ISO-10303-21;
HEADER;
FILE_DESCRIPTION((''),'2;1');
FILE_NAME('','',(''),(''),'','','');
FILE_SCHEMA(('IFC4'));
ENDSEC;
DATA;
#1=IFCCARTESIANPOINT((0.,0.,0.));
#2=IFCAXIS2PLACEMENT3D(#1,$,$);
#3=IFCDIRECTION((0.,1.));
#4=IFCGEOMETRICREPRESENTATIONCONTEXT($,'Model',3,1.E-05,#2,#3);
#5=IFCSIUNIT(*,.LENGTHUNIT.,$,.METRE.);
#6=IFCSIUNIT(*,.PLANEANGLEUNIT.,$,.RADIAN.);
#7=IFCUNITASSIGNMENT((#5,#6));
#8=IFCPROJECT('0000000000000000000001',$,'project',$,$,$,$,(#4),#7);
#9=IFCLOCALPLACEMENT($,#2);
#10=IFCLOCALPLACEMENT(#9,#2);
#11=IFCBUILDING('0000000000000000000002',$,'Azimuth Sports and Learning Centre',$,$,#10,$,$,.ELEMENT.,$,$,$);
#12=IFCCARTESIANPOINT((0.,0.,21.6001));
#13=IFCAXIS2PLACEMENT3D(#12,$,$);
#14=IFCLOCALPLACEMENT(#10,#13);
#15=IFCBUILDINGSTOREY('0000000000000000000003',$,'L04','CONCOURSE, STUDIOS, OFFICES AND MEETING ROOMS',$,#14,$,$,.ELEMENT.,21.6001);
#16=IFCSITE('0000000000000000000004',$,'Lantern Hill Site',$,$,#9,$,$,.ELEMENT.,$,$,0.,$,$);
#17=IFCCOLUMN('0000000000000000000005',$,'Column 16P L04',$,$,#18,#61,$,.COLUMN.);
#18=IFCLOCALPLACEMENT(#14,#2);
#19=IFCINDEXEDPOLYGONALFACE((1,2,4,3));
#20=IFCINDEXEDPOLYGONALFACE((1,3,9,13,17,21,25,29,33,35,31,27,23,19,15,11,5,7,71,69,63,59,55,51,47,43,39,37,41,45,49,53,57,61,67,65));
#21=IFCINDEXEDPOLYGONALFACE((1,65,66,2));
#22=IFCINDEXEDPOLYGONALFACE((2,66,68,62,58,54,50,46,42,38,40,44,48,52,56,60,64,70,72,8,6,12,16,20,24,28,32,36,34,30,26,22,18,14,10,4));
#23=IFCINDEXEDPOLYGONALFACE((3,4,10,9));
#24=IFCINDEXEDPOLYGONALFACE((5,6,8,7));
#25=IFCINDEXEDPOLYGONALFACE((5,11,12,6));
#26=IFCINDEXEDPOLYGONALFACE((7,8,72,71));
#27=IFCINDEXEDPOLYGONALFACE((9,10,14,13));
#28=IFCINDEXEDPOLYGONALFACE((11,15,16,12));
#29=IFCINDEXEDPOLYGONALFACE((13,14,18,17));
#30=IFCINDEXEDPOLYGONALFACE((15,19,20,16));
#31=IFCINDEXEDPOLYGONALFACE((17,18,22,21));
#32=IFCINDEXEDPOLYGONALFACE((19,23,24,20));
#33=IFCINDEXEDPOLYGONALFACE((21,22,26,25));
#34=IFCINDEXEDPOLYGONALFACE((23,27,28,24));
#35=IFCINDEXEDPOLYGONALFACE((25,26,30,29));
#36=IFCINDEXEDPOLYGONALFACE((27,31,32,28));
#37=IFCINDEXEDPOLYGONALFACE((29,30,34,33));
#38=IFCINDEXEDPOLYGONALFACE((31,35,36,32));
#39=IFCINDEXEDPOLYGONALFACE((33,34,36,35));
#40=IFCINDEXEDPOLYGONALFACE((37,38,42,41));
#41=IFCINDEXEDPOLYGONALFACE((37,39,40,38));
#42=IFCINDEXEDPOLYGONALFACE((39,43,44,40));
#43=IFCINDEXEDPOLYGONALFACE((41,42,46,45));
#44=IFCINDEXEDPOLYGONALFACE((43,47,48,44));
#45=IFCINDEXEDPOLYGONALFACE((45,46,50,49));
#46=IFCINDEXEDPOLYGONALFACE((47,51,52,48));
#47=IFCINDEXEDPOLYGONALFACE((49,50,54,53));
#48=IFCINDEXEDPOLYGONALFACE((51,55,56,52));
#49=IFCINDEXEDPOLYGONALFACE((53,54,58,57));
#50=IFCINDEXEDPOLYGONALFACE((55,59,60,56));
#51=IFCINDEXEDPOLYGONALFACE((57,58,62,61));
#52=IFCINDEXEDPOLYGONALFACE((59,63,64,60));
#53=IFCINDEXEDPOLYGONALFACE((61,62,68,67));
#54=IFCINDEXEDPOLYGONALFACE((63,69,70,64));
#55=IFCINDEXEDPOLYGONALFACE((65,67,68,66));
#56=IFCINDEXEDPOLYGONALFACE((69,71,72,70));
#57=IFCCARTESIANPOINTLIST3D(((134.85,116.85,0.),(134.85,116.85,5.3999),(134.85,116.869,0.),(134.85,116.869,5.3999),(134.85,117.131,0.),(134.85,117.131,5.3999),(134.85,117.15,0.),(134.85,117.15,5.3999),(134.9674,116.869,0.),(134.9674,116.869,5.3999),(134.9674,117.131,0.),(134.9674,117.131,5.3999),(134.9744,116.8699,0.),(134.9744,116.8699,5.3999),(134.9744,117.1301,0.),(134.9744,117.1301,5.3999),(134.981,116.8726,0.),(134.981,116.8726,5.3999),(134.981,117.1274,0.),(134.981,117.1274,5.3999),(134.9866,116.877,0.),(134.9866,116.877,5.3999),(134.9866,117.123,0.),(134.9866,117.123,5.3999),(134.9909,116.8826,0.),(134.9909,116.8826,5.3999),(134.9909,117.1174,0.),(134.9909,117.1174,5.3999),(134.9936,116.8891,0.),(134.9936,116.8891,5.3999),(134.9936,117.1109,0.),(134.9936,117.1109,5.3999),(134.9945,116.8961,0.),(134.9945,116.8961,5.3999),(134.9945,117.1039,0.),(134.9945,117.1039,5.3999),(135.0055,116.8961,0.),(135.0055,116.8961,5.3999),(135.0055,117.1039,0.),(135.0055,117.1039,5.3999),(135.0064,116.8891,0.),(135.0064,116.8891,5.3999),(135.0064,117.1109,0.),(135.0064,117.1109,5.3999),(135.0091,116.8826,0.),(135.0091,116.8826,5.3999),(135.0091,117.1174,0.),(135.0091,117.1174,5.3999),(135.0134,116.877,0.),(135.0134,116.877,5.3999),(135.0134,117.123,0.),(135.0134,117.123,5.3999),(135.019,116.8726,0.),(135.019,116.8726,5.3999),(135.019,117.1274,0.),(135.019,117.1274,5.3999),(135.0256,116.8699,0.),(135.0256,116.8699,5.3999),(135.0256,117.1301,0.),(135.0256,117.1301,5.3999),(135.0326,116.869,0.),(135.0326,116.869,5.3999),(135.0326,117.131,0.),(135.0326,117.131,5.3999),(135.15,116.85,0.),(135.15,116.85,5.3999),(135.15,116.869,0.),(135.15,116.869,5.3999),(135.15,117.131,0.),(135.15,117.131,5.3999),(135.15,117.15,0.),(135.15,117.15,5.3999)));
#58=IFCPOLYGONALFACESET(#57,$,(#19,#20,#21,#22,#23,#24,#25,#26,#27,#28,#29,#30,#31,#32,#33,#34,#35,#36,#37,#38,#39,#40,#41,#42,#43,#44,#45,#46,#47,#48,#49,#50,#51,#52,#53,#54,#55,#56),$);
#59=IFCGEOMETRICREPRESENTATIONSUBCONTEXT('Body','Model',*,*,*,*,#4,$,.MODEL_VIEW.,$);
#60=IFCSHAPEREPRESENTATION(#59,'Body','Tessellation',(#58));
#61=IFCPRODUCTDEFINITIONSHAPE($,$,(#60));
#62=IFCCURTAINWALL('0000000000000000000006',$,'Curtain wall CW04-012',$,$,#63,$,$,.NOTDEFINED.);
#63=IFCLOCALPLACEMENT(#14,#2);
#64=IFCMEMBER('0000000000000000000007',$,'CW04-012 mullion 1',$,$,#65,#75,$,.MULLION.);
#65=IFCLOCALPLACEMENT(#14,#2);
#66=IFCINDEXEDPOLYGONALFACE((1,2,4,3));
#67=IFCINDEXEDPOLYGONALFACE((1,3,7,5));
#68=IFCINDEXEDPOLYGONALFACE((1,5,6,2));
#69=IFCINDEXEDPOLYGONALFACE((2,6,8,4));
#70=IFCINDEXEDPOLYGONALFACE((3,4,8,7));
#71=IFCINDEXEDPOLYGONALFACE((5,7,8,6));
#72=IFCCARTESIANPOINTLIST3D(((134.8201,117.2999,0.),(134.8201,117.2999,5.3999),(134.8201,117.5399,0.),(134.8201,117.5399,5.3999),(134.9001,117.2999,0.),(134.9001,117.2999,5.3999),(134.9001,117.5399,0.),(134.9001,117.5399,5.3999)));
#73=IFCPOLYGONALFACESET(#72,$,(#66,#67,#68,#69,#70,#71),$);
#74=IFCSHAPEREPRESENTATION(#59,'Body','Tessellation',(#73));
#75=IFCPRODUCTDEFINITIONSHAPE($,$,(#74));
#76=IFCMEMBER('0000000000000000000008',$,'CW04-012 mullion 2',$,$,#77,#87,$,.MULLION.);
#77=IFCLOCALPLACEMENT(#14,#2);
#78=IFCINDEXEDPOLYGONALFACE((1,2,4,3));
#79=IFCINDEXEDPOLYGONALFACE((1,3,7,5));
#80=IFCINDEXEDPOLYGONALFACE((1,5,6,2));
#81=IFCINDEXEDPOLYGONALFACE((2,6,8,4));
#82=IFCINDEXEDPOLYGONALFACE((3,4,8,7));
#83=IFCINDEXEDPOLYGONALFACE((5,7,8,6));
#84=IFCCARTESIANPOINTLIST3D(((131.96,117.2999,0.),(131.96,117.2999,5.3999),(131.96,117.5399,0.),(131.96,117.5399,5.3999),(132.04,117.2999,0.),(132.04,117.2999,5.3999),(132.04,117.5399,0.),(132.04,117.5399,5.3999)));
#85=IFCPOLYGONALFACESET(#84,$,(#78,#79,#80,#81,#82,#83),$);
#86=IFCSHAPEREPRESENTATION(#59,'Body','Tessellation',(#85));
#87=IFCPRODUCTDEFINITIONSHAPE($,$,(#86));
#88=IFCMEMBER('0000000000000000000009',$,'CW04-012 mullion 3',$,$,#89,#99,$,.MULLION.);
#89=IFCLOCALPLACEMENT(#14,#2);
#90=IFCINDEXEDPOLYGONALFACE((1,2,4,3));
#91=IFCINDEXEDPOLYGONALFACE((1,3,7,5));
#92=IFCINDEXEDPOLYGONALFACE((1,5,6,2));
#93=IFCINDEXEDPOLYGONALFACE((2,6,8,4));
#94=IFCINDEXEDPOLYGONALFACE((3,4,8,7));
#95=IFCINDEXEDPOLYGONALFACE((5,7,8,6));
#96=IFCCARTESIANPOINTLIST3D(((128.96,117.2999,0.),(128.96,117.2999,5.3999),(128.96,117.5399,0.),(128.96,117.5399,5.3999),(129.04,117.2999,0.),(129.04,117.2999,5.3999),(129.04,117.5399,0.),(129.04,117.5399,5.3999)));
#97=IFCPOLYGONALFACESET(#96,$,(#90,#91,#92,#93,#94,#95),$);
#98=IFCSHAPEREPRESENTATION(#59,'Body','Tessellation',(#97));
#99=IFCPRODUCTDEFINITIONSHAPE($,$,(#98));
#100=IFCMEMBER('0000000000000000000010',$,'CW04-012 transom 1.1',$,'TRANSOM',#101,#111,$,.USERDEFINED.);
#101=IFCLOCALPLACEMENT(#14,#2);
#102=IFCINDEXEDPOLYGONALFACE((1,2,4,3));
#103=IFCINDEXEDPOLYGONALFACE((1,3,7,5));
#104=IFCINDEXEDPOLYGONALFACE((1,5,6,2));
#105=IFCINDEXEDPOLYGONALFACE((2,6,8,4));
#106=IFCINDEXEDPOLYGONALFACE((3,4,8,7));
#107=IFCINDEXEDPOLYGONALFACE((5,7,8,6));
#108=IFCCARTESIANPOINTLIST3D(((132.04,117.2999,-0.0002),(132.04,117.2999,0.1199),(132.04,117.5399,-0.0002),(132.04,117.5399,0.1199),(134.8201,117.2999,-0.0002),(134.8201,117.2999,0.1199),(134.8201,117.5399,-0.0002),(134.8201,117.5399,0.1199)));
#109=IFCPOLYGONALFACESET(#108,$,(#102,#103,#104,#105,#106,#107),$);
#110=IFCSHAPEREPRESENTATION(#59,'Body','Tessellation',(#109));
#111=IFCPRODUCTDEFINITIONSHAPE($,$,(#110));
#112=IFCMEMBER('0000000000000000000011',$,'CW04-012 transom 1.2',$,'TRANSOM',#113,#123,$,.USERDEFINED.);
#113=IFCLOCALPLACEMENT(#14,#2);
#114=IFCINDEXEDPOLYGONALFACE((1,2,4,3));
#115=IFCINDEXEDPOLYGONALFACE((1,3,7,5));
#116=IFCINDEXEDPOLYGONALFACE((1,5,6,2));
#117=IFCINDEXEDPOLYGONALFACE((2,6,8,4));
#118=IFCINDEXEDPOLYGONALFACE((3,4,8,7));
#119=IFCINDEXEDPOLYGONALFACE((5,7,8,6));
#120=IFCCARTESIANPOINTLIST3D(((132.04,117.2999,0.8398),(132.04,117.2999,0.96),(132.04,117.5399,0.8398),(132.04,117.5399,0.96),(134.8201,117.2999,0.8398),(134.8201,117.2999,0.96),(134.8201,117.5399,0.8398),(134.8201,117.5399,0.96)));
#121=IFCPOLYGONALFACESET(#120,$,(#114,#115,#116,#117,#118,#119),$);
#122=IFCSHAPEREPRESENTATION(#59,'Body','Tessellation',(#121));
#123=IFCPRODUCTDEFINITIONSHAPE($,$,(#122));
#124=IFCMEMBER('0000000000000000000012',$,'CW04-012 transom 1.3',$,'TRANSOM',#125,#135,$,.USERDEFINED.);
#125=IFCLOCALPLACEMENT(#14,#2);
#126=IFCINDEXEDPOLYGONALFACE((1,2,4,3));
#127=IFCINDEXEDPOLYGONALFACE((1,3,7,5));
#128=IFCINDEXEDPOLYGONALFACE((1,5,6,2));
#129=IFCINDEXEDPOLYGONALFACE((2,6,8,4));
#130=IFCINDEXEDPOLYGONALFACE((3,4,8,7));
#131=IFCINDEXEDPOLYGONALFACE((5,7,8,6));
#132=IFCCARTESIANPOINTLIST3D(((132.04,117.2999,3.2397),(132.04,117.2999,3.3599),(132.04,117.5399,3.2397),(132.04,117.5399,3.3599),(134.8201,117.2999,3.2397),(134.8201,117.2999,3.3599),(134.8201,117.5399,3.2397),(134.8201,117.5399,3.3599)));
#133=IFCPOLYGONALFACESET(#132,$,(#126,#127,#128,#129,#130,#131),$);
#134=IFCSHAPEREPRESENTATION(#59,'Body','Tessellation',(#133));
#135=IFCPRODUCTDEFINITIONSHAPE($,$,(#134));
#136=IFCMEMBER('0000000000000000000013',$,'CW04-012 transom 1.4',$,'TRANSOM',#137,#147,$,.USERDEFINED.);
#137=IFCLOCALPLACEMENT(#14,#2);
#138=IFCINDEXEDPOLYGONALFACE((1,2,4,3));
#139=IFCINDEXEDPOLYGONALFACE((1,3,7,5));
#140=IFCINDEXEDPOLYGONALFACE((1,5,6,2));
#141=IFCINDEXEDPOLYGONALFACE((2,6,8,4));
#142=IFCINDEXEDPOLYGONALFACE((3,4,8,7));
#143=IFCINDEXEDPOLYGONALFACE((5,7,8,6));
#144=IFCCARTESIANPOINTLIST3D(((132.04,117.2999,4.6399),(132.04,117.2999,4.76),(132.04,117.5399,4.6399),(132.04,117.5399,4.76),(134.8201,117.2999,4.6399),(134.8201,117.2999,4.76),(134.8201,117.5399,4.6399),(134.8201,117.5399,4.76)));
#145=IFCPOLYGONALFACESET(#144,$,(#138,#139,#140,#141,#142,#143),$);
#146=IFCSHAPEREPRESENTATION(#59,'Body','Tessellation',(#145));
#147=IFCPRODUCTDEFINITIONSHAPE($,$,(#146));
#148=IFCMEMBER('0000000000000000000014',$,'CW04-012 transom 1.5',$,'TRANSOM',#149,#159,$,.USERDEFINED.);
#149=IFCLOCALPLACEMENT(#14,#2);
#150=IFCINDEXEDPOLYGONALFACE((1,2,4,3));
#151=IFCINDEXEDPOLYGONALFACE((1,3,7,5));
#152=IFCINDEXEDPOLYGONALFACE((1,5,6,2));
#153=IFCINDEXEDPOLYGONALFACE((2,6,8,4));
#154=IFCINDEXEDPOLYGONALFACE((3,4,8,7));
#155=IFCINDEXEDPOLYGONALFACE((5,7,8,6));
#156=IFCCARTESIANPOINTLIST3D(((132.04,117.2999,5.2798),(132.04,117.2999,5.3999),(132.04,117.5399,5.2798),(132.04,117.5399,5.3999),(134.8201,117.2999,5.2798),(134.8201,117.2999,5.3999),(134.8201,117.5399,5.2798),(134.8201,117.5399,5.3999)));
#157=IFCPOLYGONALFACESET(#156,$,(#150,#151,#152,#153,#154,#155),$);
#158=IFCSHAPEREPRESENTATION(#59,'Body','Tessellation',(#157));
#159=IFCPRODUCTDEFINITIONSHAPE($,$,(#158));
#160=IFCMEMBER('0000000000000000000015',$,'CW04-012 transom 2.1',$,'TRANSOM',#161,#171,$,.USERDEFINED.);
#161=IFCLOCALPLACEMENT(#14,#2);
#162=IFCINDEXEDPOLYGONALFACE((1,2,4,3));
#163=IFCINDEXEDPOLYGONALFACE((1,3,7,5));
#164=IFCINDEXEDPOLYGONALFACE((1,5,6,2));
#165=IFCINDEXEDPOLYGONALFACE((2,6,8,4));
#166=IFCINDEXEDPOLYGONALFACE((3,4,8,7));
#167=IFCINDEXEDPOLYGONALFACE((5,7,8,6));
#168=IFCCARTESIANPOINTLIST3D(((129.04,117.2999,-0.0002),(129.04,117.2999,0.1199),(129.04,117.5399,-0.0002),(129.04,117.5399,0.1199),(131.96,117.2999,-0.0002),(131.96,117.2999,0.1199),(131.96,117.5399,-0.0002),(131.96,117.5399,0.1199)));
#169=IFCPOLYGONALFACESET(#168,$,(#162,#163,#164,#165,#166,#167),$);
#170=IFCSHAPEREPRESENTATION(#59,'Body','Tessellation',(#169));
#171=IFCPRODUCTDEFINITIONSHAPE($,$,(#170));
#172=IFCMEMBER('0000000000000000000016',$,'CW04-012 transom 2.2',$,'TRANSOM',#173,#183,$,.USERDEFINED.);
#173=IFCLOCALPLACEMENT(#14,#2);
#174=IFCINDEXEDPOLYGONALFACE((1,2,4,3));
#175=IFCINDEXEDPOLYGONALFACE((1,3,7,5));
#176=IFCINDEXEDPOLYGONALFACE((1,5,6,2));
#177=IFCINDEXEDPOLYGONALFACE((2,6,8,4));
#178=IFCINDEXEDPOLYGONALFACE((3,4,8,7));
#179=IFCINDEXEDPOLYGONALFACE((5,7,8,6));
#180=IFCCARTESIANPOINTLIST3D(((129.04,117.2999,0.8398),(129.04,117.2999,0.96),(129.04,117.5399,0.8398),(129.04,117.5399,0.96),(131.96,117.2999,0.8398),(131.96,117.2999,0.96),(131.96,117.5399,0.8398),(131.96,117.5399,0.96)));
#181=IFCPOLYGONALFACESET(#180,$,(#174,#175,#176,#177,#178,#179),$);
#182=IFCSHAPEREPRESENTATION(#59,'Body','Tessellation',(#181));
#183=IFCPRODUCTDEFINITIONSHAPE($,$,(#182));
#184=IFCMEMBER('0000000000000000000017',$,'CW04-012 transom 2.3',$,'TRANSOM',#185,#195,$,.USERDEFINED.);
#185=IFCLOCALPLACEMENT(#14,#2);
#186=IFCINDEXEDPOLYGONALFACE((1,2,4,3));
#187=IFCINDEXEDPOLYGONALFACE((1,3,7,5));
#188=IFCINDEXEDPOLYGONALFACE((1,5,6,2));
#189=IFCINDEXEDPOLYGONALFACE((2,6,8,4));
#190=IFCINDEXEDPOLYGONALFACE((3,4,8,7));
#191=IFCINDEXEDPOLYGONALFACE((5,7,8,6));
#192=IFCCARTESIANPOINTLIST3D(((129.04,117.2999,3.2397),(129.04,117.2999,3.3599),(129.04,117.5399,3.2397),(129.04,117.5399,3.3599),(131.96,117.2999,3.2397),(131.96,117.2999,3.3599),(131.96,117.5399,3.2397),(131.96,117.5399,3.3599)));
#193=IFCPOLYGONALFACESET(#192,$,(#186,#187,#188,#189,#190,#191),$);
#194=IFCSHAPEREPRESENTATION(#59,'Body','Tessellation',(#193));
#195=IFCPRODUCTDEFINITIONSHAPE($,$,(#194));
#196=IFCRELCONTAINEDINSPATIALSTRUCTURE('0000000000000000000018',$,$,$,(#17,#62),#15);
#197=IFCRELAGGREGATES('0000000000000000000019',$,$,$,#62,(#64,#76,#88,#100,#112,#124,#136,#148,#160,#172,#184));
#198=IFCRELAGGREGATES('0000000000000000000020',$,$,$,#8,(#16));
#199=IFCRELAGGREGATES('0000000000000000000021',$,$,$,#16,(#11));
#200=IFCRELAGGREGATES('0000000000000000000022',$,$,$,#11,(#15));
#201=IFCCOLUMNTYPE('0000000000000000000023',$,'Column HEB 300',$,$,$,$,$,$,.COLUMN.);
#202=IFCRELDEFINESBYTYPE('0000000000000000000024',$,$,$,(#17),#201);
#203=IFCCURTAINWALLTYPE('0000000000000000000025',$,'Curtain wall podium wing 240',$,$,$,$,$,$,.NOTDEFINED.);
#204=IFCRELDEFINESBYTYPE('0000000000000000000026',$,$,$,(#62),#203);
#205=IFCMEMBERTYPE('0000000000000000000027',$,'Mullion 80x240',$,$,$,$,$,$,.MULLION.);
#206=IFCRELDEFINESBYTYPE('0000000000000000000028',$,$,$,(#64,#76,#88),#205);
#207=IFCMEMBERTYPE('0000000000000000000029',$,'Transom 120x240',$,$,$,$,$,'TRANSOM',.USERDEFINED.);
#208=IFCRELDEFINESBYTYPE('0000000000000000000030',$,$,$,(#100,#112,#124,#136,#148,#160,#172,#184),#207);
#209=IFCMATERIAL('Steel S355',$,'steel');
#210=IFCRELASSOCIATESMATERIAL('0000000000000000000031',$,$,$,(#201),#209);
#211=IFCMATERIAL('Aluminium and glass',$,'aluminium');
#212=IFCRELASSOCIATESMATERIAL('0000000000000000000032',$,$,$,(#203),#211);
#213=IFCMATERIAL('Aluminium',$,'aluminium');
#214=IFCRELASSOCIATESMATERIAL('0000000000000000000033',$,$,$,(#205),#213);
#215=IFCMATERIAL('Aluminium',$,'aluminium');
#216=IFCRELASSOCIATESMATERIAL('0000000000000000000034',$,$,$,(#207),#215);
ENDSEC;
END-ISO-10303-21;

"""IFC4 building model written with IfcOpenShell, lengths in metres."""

from ifc_helpers import new_model, si_unit, direction, frame, origin, origin_2d, place, context, subcontext, project, spatial, rectangle, i_section, extrude, material, material_profile, profile_set, type_object, element, aggregate, save


model = new_model("IFC4")

# Units and contexts
model_context = context("Model", 3, precision=1e-05, world=origin(), true_north=direction((0.0, 1.0)))
body_context = subcontext(model_context, "Body", "Model", "MODEL_VIEW")
ifc_project = project(units=[si_unit("LENGTHUNIT", "METRE"), si_unit("PLANEANGLEUNIT", "RADIAN")], contexts=[model_context])

# Site, building, storey
site_placement = place(None, origin())
site = spatial("IfcSite", under=ifc_project, at=site_placement, Name="Lantern Hill Site", CompositionType="ELEMENT", RefElevation=0.0)
building_placement = place(site_placement, origin())
building = spatial("IfcBuilding", under=site, at=building_placement, Name="Azimuth Sports and Learning Centre", CompositionType="ELEMENT")
storey_placement = place(building_placement, frame((0.0, 0.0, 21.6001)))
storey = spatial("IfcBuildingStorey", under=building, at=storey_placement, Name="L04", Description="CONCOURSE, STUDIOS, OFFICES AND MEETING ROOMS", CompositionType="ELEMENT", Elevation=21.6001)

# Column
ifc_material_1 = material(Name="Steel S355", Category="steel")
ifc_material_profile_1 = material_profile(ifc_material_1, i_section(OverallWidth=0.3, OverallDepth=0.3, WebThickness=0.011, FlangeThickness=0.019, FilletRadius=0.0271, at=origin_2d()), Name="HEB 300")
ifc_profile_set_1 = profile_set([ifc_material_profile_1], Name="Steel S355")
column_type = type_object("IfcColumnType", Name="Column HEB 300", PredefinedType="COLUMN", material=ifc_profile_set_1)
column_placement = place(storey_placement, frame((135.0, 117.0, 0.0), z_axis=(0.0, 0.0, 1.0), x_axis=(1.0, 0.0, 0.0)))
element("IfcColumn", 1, at=column_placement, inside=storey, type_object=column_type, Name="Column 16P L04", PredefinedType="COLUMN", context=body_context, shape_type="SweptSolid", body=[
    extrude(i_section(OverallWidth=0.3, OverallDepth=0.3, WebThickness=0.011, FlangeThickness=0.019, FilletRadius=0.0271, at=origin_2d()), origin(), (0.0, 0.0, 1.0), 5.3999),
])

# Curtain wall, members
ifc_material_2 = material(Name="Aluminium and glass", Category="aluminium")
curtain_wall_type = type_object("IfcCurtainWallType", Name="Curtain wall podium wing 240", PredefinedType="NOTDEFINED", material=ifc_material_2)
curtain_wall_placement = place(storey_placement, origin())
curtain_wall = element("IfcCurtainWall", 2, at=curtain_wall_placement, inside=storey, type_object=curtain_wall_type, Name="Curtain wall CW04-012", PredefinedType="NOTDEFINED")
ifc_material_3 = material(Name="Aluminium", Category="aluminium")
ifc_material_profile_2 = material_profile(ifc_material_3, rectangle(XDim=0.24, YDim=0.0801, at=origin_2d()), Name="Mullion 80x240")
ifc_profile_set_2 = profile_set([ifc_material_profile_2], Name="Aluminium")
member_type_1 = type_object("IfcMemberType", Name="Mullion 80x240", PredefinedType="MULLION", material=ifc_profile_set_2)
member_1_placement = place(storey_placement, frame((134.8601, 117.4199, 0.0), z_axis=(0.0, 0.0, 1.0), x_axis=(0.0, -1.0, 0.0)))
member_1 = element("IfcMember", 3, at=member_1_placement, type_object=member_type_1, Name="CW04-012 mullion 1", PredefinedType="MULLION", context=body_context, shape_type="SweptSolid", body=[
    extrude(rectangle(XDim=0.24, YDim=0.0801, at=origin_2d()), origin(), (0.0, 0.0, 1.0), 5.3999),
])
member_2_placement = place(storey_placement, frame((132.0, 117.4199, 0.0), z_axis=(0.0, 0.0, 1.0), x_axis=(0.0, -1.0, 0.0)))
member_2 = element("IfcMember", 4, at=member_2_placement, type_object=member_type_1, Name="CW04-012 mullion 2", PredefinedType="MULLION", context=body_context, shape_type="SweptSolid", body=[
    extrude(rectangle(XDim=0.24, YDim=0.0801, at=origin_2d()), origin(), (0.0, 0.0, 1.0), 5.3999),
])
member_3_placement = place(storey_placement, frame((129.0, 117.4199, 0.0), z_axis=(0.0, 0.0, 1.0), x_axis=(0.0, -1.0, 0.0)))
member_3 = element("IfcMember", 5, at=member_3_placement, type_object=member_type_1, Name="CW04-012 mullion 3", PredefinedType="MULLION", context=body_context, shape_type="SweptSolid", body=[
    extrude(rectangle(XDim=0.24, YDim=0.0801, at=origin_2d()), origin(), (0.0, 0.0, 1.0), 5.3999),
])
ifc_material_4 = material(Name="Aluminium", Category="aluminium")
ifc_material_profile_3 = material_profile(ifc_material_4, rectangle(XDim=0.24, YDim=0.1201, at=origin_2d()), Name="Transom 120x240")
ifc_profile_set_3 = profile_set([ifc_material_profile_3], Name="Aluminium")
member_type_2 = type_object("IfcMemberType", Name="Transom 120x240", ElementType="TRANSOM", PredefinedType="USERDEFINED", material=ifc_profile_set_3)
member_4_placement = place(storey_placement, frame((134.8201, 117.4199, 0.0598), z_axis=(-1.0, 0.0, 0.0), x_axis=(0.0, -1.0, 0.0)))
member_4 = element("IfcMember", 6, at=member_4_placement, type_object=member_type_2, Name="CW04-012 transom 1.1", ObjectType="TRANSOM", PredefinedType="USERDEFINED", context=body_context, shape_type="SweptSolid", body=[
    extrude(rectangle(XDim=0.24, YDim=0.1201, at=origin_2d()), origin(), (0.0, 0.0, 1.0), 2.78),
])
member_5_placement = place(storey_placement, frame((134.8201, 117.4199, 0.8999), z_axis=(-1.0, 0.0, 0.0), x_axis=(0.0, -1.0, 0.0)))
member_5 = element("IfcMember", 7, at=member_5_placement, type_object=member_type_2, Name="CW04-012 transom 1.2", ObjectType="TRANSOM", PredefinedType="USERDEFINED", context=body_context, shape_type="SweptSolid", body=[
    extrude(rectangle(XDim=0.24, YDim=0.1201, at=origin_2d()), origin(), (0.0, 0.0, 1.0), 2.78),
])
member_6_placement = place(storey_placement, frame((134.8201, 117.4199, 3.2998), z_axis=(-1.0, 0.0, 0.0), x_axis=(0.0, -1.0, 0.0)))
member_6 = element("IfcMember", 8, at=member_6_placement, type_object=member_type_2, Name="CW04-012 transom 1.3", ObjectType="TRANSOM", PredefinedType="USERDEFINED", context=body_context, shape_type="SweptSolid", body=[
    extrude(rectangle(XDim=0.24, YDim=0.1201, at=origin_2d()), origin(), (0.0, 0.0, 1.0), 2.78),
])
member_7_placement = place(storey_placement, frame((134.8201, 117.4199, 4.7), z_axis=(-1.0, 0.0, 0.0), x_axis=(0.0, -1.0, 0.0)))
member_7 = element("IfcMember", 9, at=member_7_placement, type_object=member_type_2, Name="CW04-012 transom 1.4", ObjectType="TRANSOM", PredefinedType="USERDEFINED", context=body_context, shape_type="SweptSolid", body=[
    extrude(rectangle(XDim=0.24, YDim=0.1201, at=origin_2d()), origin(), (0.0, 0.0, 1.0), 2.78),
])
member_8_placement = place(storey_placement, frame((134.8201, 117.4199, 5.3398), z_axis=(-1.0, 0.0, 0.0), x_axis=(0.0, -1.0, 0.0)))
member_8 = element("IfcMember", 10, at=member_8_placement, type_object=member_type_2, Name="CW04-012 transom 1.5", ObjectType="TRANSOM", PredefinedType="USERDEFINED", context=body_context, shape_type="SweptSolid", body=[
    extrude(rectangle(XDim=0.24, YDim=0.1201, at=origin_2d()), origin(), (0.0, 0.0, 1.0), 2.78),
])
member_9_placement = place(storey_placement, frame((131.96, 117.4199, 0.0598), z_axis=(-1.0, 0.0, 0.0), x_axis=(0.0, -1.0, 0.0)))
member_9 = element("IfcMember", 11, at=member_9_placement, type_object=member_type_2, Name="CW04-012 transom 2.1", ObjectType="TRANSOM", PredefinedType="USERDEFINED", context=body_context, shape_type="SweptSolid", body=[
    extrude(rectangle(XDim=0.24, YDim=0.1201, at=origin_2d()), origin(), (0.0, 0.0, 1.0), 2.9199),
])
member_10_placement = place(storey_placement, frame((131.96, 117.4199, 0.8999), z_axis=(-1.0, 0.0, 0.0), x_axis=(0.0, -1.0, 0.0)))
member_10 = element("IfcMember", 12, at=member_10_placement, type_object=member_type_2, Name="CW04-012 transom 2.2", ObjectType="TRANSOM", PredefinedType="USERDEFINED", context=body_context, shape_type="SweptSolid", body=[
    extrude(rectangle(XDim=0.24, YDim=0.1201, at=origin_2d()), origin(), (0.0, 0.0, 1.0), 2.9199),
])
member_11_placement = place(storey_placement, frame((131.96, 117.4199, 3.2998), z_axis=(-1.0, 0.0, 0.0), x_axis=(0.0, -1.0, 0.0)))
member_11 = element("IfcMember", 13, at=member_11_placement, type_object=member_type_2, Name="CW04-012 transom 2.3", ObjectType="TRANSOM", PredefinedType="USERDEFINED", context=body_context, shape_type="SweptSolid", body=[
    extrude(rectangle(XDim=0.24, YDim=0.1201, at=origin_2d()), origin(), (0.0, 0.0, 1.0), 2.9199),
])
aggregate(curtain_wall, [member_1, member_2, member_3, member_4, member_5, member_6, member_7, member_8, member_9, member_10, member_11])

save(model, "model.ifc")
